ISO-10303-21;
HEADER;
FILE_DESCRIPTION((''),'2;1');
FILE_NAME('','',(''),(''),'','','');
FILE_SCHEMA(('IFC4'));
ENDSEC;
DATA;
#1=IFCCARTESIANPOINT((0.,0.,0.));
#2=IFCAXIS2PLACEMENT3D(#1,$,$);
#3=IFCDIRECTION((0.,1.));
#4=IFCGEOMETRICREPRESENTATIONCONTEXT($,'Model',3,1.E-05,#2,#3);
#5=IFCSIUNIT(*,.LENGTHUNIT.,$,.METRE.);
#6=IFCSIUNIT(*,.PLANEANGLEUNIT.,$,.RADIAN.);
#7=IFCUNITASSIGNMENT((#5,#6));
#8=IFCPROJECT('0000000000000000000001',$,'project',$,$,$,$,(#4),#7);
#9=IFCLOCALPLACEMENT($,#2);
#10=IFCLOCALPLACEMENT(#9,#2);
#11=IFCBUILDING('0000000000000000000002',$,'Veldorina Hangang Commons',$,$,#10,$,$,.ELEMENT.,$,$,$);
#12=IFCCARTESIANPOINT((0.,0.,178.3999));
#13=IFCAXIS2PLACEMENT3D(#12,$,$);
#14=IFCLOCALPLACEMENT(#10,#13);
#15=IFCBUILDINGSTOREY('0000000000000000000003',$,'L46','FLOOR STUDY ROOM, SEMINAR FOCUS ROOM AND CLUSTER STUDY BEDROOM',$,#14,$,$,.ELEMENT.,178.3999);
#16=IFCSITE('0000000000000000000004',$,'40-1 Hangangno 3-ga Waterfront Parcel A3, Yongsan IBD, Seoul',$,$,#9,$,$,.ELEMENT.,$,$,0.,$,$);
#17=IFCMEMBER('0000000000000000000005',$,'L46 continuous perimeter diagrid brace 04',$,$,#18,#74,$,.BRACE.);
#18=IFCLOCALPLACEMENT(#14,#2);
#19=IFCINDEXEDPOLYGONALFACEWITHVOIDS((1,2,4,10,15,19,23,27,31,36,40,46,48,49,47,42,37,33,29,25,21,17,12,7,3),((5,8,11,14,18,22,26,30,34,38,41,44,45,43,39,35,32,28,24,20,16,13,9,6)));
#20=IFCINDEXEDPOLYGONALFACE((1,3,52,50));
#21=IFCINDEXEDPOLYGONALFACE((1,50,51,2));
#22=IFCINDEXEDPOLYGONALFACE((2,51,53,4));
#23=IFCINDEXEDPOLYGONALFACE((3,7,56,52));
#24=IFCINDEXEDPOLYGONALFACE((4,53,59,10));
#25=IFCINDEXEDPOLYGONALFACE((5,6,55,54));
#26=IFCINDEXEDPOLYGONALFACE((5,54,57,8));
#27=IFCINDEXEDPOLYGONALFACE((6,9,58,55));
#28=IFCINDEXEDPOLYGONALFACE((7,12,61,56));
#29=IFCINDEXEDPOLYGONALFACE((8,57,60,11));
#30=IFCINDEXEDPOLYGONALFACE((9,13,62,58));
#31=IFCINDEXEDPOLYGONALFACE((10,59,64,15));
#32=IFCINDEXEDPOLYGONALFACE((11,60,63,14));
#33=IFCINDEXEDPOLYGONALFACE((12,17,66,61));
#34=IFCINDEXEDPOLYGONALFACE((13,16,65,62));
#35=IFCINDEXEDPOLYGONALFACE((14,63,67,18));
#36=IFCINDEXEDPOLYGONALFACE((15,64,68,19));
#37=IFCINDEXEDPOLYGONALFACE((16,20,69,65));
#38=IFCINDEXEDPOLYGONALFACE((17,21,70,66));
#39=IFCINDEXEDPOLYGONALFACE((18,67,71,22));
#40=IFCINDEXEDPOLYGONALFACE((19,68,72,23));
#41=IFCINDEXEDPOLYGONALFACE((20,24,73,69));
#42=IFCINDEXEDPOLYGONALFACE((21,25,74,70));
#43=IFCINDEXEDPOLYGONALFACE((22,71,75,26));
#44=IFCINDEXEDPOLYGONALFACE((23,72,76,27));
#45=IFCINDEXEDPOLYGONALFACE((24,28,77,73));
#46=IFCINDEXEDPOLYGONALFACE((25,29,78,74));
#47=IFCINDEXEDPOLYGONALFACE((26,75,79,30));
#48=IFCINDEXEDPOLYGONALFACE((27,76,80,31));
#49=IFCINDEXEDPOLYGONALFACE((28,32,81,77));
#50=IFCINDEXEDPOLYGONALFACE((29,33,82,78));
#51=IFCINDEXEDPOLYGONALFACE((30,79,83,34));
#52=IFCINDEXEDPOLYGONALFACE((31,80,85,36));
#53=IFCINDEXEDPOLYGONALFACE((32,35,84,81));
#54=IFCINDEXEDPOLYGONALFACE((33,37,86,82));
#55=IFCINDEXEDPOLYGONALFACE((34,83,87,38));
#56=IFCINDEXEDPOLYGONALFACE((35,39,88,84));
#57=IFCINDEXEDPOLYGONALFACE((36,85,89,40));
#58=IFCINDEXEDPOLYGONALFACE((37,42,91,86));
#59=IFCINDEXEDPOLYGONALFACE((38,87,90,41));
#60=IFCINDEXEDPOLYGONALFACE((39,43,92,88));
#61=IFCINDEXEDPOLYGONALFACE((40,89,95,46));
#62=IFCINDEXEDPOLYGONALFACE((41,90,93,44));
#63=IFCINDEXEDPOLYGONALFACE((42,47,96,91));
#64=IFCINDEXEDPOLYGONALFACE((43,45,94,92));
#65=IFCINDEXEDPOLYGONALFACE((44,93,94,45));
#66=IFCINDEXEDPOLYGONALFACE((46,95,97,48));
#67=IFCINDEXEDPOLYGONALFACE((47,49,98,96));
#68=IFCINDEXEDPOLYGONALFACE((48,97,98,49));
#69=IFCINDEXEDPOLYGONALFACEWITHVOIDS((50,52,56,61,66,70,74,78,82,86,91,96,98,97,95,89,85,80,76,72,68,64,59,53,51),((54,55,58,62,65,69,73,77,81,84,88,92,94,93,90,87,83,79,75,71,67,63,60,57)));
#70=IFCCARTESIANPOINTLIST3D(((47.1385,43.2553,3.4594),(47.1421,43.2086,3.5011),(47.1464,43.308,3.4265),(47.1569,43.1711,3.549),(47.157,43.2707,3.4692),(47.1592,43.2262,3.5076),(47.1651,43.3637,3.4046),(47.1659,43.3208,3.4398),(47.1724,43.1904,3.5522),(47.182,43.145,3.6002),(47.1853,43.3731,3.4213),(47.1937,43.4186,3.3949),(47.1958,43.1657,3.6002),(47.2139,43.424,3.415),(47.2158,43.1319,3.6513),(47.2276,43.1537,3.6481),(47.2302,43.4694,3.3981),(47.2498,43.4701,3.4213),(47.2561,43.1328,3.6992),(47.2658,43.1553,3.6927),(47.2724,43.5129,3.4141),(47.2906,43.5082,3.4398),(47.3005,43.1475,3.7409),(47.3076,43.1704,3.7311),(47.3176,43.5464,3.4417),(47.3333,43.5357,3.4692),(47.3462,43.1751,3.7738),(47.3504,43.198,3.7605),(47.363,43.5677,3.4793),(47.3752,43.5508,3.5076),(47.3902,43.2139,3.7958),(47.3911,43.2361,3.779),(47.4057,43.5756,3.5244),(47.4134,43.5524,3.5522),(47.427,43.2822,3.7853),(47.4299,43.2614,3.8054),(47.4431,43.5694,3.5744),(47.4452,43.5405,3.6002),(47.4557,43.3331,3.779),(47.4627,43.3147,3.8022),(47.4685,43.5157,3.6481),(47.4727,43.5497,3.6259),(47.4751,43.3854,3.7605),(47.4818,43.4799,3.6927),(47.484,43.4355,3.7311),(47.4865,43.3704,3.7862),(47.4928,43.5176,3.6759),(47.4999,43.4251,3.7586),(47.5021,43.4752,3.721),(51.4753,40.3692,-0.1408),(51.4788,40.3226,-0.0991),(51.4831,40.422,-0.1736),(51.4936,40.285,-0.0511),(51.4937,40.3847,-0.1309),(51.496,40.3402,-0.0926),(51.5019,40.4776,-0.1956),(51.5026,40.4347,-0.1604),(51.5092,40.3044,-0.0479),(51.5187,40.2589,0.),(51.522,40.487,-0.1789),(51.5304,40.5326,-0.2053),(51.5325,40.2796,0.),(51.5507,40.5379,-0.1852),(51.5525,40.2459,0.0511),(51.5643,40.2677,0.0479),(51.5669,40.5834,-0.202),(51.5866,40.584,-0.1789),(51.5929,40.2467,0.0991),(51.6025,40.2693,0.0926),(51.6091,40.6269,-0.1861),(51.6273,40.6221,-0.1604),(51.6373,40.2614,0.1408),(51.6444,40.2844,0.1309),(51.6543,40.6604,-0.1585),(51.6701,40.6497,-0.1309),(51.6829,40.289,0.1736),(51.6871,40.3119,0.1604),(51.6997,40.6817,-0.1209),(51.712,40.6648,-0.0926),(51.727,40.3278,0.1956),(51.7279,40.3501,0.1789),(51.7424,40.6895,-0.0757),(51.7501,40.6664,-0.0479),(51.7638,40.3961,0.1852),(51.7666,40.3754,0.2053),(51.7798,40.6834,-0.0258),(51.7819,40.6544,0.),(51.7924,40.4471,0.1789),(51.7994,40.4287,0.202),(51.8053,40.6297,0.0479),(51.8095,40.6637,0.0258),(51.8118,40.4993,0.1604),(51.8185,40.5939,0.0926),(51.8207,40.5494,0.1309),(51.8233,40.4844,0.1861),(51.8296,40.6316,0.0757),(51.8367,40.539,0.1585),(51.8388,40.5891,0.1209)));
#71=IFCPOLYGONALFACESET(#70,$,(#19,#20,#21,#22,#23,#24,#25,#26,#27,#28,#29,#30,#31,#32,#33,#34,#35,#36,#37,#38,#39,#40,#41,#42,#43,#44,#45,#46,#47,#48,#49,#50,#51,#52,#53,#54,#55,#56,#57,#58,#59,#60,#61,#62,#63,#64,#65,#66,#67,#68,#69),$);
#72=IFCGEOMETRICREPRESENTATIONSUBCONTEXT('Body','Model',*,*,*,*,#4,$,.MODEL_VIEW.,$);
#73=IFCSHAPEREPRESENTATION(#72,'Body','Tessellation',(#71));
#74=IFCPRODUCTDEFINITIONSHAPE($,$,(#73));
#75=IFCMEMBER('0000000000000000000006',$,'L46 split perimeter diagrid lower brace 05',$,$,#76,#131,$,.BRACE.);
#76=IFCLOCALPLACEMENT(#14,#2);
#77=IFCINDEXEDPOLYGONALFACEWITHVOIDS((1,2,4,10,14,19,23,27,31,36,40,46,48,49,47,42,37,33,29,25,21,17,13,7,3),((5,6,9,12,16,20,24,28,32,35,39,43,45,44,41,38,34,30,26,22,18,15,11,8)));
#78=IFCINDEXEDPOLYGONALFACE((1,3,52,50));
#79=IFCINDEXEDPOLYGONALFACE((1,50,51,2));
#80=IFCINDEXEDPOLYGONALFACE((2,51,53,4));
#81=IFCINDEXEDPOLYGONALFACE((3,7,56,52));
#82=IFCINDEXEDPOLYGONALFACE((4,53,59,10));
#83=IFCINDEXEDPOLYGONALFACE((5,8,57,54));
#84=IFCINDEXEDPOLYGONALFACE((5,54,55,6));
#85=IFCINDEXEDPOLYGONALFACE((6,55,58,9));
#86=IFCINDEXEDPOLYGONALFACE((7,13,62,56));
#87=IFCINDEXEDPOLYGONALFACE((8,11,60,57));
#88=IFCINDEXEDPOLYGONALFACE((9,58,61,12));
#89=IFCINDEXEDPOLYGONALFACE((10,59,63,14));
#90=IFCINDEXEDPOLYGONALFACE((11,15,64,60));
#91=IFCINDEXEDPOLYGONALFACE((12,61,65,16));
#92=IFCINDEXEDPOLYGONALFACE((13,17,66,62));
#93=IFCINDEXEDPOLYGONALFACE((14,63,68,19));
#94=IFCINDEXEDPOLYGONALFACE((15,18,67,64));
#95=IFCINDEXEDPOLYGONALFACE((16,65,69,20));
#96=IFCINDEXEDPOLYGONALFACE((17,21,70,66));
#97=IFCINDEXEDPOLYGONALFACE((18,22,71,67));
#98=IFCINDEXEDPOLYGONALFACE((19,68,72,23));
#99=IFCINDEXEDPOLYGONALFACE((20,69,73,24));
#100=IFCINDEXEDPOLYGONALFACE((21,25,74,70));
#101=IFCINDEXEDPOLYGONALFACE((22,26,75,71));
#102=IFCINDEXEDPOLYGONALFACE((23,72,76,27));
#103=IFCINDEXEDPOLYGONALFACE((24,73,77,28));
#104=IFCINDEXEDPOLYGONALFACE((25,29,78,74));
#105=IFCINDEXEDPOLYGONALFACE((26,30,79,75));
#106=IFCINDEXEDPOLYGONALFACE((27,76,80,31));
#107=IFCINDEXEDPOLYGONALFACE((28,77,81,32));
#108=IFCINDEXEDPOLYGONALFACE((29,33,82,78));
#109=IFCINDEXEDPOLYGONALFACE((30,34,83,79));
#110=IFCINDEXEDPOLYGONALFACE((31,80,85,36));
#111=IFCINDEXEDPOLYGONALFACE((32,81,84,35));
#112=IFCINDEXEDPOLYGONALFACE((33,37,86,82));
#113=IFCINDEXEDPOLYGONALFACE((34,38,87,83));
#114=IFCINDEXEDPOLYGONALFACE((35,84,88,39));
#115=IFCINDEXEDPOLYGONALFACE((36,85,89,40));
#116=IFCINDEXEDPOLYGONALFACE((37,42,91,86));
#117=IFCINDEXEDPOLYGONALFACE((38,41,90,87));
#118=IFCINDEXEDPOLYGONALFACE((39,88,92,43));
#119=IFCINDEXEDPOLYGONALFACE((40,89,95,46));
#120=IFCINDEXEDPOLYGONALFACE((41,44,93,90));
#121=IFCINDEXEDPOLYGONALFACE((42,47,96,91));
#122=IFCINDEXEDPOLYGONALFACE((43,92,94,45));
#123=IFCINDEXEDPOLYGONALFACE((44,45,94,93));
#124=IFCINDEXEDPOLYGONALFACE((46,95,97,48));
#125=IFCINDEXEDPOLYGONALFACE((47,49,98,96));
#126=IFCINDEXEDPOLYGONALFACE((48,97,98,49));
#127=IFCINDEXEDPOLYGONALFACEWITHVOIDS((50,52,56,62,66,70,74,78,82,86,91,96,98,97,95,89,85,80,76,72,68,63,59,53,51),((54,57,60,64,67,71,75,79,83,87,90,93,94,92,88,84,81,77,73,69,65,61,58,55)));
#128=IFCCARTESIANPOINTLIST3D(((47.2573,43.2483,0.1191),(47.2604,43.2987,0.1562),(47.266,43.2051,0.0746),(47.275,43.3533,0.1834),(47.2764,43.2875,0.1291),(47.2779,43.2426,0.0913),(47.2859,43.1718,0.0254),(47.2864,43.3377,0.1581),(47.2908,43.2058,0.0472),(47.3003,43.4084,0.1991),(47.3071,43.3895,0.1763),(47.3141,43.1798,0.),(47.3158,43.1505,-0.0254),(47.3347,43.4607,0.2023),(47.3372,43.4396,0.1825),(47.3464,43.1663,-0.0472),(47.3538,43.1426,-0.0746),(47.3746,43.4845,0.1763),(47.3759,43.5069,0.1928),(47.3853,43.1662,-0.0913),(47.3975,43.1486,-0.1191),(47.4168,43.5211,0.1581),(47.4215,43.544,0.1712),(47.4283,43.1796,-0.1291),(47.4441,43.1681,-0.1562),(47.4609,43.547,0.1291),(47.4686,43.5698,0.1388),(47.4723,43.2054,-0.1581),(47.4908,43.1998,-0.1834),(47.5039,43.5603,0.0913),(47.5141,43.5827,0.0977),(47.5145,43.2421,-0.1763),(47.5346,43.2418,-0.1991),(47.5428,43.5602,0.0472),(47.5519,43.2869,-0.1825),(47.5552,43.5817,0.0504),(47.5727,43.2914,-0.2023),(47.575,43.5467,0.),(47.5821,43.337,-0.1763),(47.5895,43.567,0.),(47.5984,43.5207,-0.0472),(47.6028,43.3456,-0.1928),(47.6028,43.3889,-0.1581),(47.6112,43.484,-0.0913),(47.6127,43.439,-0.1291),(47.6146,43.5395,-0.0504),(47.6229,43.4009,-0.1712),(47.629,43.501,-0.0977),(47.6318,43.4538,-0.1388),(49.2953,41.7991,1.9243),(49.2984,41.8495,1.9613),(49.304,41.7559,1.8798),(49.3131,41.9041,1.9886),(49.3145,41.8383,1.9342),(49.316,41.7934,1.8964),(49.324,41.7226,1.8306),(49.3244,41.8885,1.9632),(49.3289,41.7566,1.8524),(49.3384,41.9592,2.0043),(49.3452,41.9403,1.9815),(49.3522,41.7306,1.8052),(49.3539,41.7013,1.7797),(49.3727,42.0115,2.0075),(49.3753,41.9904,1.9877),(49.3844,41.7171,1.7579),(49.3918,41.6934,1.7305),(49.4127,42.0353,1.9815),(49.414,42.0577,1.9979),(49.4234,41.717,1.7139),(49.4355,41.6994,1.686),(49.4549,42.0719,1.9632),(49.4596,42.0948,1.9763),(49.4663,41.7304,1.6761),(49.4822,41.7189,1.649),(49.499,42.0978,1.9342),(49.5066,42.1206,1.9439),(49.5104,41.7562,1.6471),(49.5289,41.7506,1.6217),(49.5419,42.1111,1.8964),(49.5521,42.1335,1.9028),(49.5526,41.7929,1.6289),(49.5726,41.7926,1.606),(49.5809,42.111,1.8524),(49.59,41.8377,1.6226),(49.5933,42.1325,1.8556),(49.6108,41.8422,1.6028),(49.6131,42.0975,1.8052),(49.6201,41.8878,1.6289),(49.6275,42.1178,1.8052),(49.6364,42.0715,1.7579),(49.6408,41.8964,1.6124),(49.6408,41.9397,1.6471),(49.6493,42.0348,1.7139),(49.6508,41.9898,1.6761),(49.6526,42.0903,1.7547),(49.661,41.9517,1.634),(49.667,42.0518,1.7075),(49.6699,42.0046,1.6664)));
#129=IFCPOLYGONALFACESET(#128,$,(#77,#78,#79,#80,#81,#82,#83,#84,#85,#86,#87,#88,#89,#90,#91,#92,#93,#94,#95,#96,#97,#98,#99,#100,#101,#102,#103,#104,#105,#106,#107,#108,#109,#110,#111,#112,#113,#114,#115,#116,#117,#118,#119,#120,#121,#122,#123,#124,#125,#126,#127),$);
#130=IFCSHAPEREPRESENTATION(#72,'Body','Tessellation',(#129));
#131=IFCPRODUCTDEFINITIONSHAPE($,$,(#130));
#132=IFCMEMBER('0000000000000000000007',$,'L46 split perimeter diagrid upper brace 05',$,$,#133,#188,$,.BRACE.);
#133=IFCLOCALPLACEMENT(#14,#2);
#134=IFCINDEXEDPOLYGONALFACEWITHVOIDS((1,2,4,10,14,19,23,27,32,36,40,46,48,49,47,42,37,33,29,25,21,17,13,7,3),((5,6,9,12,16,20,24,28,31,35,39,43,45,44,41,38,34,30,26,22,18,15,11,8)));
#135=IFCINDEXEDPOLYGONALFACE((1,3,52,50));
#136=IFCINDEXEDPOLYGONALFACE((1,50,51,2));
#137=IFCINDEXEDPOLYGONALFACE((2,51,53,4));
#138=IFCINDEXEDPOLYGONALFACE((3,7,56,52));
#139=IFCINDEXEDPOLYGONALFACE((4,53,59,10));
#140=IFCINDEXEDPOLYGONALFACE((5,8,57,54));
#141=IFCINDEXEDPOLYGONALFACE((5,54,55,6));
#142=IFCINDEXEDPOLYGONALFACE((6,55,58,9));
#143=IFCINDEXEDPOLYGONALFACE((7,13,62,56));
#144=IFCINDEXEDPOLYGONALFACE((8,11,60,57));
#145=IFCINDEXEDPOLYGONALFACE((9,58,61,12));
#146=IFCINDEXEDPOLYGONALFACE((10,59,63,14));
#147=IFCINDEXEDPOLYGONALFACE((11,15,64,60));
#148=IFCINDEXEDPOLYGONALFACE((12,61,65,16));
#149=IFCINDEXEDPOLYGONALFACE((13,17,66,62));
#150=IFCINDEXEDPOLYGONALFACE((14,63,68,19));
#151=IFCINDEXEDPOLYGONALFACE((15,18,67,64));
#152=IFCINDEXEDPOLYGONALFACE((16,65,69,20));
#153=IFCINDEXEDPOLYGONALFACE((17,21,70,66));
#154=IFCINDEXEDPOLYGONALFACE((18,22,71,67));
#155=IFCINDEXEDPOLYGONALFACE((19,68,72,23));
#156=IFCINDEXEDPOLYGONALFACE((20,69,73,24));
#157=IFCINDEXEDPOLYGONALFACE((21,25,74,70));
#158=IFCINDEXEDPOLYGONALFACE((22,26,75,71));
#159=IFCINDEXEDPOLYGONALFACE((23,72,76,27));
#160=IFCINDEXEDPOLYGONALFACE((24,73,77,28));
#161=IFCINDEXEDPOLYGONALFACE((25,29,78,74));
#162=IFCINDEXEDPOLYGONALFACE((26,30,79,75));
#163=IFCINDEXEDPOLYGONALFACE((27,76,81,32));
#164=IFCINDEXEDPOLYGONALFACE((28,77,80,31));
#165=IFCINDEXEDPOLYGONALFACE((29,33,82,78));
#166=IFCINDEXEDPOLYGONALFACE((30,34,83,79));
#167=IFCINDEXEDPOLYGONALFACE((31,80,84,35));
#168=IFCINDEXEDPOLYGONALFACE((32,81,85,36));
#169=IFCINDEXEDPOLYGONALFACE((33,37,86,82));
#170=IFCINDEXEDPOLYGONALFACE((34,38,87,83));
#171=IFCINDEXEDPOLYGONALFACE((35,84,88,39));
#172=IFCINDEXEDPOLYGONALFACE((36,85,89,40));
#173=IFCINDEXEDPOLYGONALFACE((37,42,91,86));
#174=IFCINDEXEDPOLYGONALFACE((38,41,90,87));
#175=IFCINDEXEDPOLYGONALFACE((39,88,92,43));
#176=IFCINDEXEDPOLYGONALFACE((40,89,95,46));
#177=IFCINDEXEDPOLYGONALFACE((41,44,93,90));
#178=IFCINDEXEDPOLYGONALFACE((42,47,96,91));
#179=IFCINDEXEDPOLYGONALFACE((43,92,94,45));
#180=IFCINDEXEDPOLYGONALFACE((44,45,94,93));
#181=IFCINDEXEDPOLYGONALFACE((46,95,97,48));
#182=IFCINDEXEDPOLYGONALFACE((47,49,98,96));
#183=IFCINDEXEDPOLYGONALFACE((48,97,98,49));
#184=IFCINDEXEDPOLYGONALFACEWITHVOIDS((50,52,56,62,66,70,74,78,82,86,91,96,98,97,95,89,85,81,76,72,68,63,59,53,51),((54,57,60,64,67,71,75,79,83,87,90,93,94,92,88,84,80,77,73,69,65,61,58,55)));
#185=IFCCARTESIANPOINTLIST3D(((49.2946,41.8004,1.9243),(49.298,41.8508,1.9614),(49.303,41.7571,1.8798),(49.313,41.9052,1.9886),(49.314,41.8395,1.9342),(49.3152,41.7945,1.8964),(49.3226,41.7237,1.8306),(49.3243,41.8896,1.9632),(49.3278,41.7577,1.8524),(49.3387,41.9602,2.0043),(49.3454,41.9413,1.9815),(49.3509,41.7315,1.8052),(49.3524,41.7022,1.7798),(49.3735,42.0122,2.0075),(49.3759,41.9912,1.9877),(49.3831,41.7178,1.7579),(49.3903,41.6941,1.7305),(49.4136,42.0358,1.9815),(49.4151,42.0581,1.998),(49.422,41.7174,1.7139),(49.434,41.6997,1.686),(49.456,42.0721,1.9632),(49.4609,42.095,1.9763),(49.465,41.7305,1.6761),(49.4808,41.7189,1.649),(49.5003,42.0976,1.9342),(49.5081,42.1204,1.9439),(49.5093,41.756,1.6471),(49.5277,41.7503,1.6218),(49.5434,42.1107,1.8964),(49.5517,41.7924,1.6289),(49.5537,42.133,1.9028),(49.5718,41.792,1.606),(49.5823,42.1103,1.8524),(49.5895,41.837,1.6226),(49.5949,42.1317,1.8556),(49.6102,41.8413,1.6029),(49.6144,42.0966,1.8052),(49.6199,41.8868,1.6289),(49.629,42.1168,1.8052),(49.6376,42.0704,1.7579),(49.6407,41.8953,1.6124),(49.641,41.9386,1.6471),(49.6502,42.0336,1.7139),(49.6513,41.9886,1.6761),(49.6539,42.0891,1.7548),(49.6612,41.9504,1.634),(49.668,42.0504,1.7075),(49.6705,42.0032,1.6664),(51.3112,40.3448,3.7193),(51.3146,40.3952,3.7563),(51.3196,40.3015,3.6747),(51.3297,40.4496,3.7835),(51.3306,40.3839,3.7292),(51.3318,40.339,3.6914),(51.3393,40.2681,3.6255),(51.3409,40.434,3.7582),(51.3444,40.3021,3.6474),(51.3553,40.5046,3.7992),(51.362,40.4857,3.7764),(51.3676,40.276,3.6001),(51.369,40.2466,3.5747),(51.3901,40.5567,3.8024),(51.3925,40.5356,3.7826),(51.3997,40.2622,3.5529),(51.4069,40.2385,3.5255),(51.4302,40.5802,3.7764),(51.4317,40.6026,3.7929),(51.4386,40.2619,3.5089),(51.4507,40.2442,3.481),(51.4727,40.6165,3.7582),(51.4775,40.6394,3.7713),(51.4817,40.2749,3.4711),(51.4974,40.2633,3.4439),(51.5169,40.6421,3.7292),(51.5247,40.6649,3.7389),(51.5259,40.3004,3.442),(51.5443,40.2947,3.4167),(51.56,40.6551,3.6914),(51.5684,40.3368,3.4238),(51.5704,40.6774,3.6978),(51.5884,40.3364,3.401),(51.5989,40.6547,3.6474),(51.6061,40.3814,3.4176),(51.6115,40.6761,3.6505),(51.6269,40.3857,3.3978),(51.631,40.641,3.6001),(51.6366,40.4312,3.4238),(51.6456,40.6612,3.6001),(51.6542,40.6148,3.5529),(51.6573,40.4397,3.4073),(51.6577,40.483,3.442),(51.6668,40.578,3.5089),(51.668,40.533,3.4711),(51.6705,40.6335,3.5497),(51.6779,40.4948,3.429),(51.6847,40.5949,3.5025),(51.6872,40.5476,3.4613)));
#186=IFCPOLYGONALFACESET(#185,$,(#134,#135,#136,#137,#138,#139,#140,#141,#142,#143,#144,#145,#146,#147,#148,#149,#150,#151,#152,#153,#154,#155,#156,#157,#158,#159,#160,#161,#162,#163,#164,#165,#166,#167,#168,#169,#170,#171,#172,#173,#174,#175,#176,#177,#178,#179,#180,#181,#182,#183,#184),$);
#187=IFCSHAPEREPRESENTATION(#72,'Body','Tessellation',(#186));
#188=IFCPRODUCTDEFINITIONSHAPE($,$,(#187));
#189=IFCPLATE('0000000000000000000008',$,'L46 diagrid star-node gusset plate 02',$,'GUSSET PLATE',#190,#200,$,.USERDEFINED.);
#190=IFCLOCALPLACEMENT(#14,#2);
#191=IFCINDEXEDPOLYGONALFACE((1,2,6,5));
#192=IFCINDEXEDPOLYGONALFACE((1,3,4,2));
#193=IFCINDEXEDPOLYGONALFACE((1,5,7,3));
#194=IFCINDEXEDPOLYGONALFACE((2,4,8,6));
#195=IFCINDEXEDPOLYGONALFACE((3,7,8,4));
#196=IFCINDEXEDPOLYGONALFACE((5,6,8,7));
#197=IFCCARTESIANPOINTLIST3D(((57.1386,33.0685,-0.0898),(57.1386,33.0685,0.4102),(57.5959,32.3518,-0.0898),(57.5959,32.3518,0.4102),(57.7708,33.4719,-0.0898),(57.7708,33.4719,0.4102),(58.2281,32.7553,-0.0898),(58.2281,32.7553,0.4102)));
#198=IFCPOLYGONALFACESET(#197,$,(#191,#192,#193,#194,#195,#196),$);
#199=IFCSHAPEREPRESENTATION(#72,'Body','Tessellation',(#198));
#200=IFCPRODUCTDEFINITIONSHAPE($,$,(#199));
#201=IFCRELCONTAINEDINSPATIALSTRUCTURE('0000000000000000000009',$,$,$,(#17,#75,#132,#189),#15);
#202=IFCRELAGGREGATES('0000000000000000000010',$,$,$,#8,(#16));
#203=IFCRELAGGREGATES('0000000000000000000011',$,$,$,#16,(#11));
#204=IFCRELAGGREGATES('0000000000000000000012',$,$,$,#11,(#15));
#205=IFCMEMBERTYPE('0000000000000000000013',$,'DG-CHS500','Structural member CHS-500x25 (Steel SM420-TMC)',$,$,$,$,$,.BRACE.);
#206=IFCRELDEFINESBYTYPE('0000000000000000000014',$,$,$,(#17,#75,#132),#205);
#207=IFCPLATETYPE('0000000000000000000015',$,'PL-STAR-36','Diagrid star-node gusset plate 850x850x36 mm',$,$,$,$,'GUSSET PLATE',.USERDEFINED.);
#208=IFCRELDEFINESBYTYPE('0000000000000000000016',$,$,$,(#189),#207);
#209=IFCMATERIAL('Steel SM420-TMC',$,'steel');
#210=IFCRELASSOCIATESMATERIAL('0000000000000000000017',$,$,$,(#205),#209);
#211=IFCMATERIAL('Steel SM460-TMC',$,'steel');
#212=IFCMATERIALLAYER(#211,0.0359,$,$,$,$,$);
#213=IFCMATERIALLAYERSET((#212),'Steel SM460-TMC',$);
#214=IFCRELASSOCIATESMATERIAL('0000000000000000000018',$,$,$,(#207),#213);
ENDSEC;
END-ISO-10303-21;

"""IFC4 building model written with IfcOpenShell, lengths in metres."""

from ifc_helpers import new_model, si_unit, direction, frame, origin, origin_2d, place, context, subcontext, project, spatial, rectangle, hollow_circle, extrude, material, layer, layer_set, material_profile, profile_set, type_object, element, save


model = new_model("IFC4")

# Units and contexts
model_context = context("Model", 3, precision=1e-05, world=origin(), true_north=direction((0.0, 1.0)))
body_context = subcontext(model_context, "Body", "Model", "MODEL_VIEW")
ifc_project = project(units=[si_unit("LENGTHUNIT", "METRE"), si_unit("PLANEANGLEUNIT", "RADIAN")], contexts=[model_context])

# Site, building, storey
site_placement = place(None, origin())
site = spatial("IfcSite", under=ifc_project, at=site_placement, Name="40-1 Hangangno 3-ga Waterfront Parcel A3, Yongsan IBD, Seoul", CompositionType="ELEMENT", RefElevation=0.0)
building_placement = place(site_placement, origin())
building = spatial("IfcBuilding", under=site, at=building_placement, Name="Veldorina Hangang Commons", CompositionType="ELEMENT")
storey_placement = place(building_placement, frame((0.0, 0.0, 178.3999)))
storey = spatial("IfcBuildingStorey", under=building, at=storey_placement, Name="L46", Description="FLOOR STUDY ROOM, SEMINAR FOCUS ROOM AND CLUSTER STUDY BEDROOM", CompositionType="ELEMENT", Elevation=178.3999)

# Shared definitions
ifc_material_1 = material(Name="Steel SM420-TMC", Category="steel")

# Members
ifc_material_profile_1 = material_profile(ifc_material_1, hollow_circle(Radius=0.25, WallThickness=0.0249, at=origin_2d()), Name="CHS-500x25")
ifc_profile_set_1 = profile_set([ifc_material_profile_1], Name="Steel SM420-TMC")
member_type = type_object("IfcMemberType", Name="DG-CHS500", Description="Structural member CHS-500x25 (Steel SM420-TMC)", PredefinedType="BRACE", material=ifc_profile_set_1)
member_1_placement = place(storey_placement, frame((51.6572, 40.467, 0.0), z_axis=(-0.684864, 0.455766, 0.568541), x_axis=(-0.554019, -0.832504, 0.0)))
element("IfcMember", 1, at=member_1_placement, inside=storey, type_object=member_type, Name="L46 continuous perimeter diagrid brace 04", PredefinedType="BRACE", context=body_context, shape_type="SweptSolid", body=[
    extrude(hollow_circle(Radius=0.25, WallThickness=0.0249, at=origin_2d()), origin(), (0.0, 0.0, 1.0), 6.3323),
])
member_2_placement = place(storey_placement, frame((47.4446, 43.3633, 0.0), z_axis=(0.660801, -0.469875, 0.585286), x_axis=(0.579501, 0.814972, 0.0)))
element("IfcMember", 2, at=member_2_placement, inside=storey, type_object=member_type, Name="L46 split perimeter diagrid lower brace 05", PredefinedType="BRACE", context=body_context, shape_type="SweptSolid", body=[
    extrude(hollow_circle(Radius=0.25, WallThickness=0.0249, at=origin_2d()), origin(), (0.0, 0.0, 1.0), 3.0842),
])
member_3_placement = place(storey_placement, frame((49.4827, 41.9141, 1.8052), z_axis=(0.657495, -0.474574, 0.585218), x_axis=(0.585261, 0.810845, 0.0)))
element("IfcMember", 3, at=member_3_placement, inside=storey, type_object=member_type, Name="L46 split perimeter diagrid upper brace 05", PredefinedType="BRACE", context=body_context, shape_type="SweptSolid", body=[
    extrude(hollow_circle(Radius=0.25, WallThickness=0.0249, at=origin_2d()), origin(), (0.0, 0.0, 1.0), 3.0671),
])

# Plate
ifc_material_2 = material(Name="Steel SM460-TMC", Category="steel")
ifc_layer_1 = layer(ifc_material_2, 0.0359)
ifc_layer_set_1 = layer_set([ifc_layer_1], Name="Steel SM460-TMC")
plate_type = type_object("IfcPlateType", Name="PL-STAR-36", Description="Diagrid star-node gusset plate 850x850x36 mm", ElementType="GUSSET PLATE", PredefinedType="USERDEFINED", material=ifc_layer_set_1)
plate_1_placement = place(storey_placement, frame((57.6833, 32.9119, -0.0898), z_axis=(0.0, 0.0, 1.0), x_axis=(-0.537903, 0.843007, 0.0)))
element("IfcPlate", 4, at=plate_1_placement, inside=storey, type_object=plate_type, Name="L46 diagrid star-node gusset plate 02", ObjectType="GUSSET PLATE", PredefinedType="USERDEFINED", context=body_context, shape_type="SweptSolid", body=[
    extrude(rectangle(XDim=0.8501, YDim=0.75, at=origin_2d()), origin(), (0.0, 0.0, 1.0), 0.5),
])

save(model, "model.ifc")
